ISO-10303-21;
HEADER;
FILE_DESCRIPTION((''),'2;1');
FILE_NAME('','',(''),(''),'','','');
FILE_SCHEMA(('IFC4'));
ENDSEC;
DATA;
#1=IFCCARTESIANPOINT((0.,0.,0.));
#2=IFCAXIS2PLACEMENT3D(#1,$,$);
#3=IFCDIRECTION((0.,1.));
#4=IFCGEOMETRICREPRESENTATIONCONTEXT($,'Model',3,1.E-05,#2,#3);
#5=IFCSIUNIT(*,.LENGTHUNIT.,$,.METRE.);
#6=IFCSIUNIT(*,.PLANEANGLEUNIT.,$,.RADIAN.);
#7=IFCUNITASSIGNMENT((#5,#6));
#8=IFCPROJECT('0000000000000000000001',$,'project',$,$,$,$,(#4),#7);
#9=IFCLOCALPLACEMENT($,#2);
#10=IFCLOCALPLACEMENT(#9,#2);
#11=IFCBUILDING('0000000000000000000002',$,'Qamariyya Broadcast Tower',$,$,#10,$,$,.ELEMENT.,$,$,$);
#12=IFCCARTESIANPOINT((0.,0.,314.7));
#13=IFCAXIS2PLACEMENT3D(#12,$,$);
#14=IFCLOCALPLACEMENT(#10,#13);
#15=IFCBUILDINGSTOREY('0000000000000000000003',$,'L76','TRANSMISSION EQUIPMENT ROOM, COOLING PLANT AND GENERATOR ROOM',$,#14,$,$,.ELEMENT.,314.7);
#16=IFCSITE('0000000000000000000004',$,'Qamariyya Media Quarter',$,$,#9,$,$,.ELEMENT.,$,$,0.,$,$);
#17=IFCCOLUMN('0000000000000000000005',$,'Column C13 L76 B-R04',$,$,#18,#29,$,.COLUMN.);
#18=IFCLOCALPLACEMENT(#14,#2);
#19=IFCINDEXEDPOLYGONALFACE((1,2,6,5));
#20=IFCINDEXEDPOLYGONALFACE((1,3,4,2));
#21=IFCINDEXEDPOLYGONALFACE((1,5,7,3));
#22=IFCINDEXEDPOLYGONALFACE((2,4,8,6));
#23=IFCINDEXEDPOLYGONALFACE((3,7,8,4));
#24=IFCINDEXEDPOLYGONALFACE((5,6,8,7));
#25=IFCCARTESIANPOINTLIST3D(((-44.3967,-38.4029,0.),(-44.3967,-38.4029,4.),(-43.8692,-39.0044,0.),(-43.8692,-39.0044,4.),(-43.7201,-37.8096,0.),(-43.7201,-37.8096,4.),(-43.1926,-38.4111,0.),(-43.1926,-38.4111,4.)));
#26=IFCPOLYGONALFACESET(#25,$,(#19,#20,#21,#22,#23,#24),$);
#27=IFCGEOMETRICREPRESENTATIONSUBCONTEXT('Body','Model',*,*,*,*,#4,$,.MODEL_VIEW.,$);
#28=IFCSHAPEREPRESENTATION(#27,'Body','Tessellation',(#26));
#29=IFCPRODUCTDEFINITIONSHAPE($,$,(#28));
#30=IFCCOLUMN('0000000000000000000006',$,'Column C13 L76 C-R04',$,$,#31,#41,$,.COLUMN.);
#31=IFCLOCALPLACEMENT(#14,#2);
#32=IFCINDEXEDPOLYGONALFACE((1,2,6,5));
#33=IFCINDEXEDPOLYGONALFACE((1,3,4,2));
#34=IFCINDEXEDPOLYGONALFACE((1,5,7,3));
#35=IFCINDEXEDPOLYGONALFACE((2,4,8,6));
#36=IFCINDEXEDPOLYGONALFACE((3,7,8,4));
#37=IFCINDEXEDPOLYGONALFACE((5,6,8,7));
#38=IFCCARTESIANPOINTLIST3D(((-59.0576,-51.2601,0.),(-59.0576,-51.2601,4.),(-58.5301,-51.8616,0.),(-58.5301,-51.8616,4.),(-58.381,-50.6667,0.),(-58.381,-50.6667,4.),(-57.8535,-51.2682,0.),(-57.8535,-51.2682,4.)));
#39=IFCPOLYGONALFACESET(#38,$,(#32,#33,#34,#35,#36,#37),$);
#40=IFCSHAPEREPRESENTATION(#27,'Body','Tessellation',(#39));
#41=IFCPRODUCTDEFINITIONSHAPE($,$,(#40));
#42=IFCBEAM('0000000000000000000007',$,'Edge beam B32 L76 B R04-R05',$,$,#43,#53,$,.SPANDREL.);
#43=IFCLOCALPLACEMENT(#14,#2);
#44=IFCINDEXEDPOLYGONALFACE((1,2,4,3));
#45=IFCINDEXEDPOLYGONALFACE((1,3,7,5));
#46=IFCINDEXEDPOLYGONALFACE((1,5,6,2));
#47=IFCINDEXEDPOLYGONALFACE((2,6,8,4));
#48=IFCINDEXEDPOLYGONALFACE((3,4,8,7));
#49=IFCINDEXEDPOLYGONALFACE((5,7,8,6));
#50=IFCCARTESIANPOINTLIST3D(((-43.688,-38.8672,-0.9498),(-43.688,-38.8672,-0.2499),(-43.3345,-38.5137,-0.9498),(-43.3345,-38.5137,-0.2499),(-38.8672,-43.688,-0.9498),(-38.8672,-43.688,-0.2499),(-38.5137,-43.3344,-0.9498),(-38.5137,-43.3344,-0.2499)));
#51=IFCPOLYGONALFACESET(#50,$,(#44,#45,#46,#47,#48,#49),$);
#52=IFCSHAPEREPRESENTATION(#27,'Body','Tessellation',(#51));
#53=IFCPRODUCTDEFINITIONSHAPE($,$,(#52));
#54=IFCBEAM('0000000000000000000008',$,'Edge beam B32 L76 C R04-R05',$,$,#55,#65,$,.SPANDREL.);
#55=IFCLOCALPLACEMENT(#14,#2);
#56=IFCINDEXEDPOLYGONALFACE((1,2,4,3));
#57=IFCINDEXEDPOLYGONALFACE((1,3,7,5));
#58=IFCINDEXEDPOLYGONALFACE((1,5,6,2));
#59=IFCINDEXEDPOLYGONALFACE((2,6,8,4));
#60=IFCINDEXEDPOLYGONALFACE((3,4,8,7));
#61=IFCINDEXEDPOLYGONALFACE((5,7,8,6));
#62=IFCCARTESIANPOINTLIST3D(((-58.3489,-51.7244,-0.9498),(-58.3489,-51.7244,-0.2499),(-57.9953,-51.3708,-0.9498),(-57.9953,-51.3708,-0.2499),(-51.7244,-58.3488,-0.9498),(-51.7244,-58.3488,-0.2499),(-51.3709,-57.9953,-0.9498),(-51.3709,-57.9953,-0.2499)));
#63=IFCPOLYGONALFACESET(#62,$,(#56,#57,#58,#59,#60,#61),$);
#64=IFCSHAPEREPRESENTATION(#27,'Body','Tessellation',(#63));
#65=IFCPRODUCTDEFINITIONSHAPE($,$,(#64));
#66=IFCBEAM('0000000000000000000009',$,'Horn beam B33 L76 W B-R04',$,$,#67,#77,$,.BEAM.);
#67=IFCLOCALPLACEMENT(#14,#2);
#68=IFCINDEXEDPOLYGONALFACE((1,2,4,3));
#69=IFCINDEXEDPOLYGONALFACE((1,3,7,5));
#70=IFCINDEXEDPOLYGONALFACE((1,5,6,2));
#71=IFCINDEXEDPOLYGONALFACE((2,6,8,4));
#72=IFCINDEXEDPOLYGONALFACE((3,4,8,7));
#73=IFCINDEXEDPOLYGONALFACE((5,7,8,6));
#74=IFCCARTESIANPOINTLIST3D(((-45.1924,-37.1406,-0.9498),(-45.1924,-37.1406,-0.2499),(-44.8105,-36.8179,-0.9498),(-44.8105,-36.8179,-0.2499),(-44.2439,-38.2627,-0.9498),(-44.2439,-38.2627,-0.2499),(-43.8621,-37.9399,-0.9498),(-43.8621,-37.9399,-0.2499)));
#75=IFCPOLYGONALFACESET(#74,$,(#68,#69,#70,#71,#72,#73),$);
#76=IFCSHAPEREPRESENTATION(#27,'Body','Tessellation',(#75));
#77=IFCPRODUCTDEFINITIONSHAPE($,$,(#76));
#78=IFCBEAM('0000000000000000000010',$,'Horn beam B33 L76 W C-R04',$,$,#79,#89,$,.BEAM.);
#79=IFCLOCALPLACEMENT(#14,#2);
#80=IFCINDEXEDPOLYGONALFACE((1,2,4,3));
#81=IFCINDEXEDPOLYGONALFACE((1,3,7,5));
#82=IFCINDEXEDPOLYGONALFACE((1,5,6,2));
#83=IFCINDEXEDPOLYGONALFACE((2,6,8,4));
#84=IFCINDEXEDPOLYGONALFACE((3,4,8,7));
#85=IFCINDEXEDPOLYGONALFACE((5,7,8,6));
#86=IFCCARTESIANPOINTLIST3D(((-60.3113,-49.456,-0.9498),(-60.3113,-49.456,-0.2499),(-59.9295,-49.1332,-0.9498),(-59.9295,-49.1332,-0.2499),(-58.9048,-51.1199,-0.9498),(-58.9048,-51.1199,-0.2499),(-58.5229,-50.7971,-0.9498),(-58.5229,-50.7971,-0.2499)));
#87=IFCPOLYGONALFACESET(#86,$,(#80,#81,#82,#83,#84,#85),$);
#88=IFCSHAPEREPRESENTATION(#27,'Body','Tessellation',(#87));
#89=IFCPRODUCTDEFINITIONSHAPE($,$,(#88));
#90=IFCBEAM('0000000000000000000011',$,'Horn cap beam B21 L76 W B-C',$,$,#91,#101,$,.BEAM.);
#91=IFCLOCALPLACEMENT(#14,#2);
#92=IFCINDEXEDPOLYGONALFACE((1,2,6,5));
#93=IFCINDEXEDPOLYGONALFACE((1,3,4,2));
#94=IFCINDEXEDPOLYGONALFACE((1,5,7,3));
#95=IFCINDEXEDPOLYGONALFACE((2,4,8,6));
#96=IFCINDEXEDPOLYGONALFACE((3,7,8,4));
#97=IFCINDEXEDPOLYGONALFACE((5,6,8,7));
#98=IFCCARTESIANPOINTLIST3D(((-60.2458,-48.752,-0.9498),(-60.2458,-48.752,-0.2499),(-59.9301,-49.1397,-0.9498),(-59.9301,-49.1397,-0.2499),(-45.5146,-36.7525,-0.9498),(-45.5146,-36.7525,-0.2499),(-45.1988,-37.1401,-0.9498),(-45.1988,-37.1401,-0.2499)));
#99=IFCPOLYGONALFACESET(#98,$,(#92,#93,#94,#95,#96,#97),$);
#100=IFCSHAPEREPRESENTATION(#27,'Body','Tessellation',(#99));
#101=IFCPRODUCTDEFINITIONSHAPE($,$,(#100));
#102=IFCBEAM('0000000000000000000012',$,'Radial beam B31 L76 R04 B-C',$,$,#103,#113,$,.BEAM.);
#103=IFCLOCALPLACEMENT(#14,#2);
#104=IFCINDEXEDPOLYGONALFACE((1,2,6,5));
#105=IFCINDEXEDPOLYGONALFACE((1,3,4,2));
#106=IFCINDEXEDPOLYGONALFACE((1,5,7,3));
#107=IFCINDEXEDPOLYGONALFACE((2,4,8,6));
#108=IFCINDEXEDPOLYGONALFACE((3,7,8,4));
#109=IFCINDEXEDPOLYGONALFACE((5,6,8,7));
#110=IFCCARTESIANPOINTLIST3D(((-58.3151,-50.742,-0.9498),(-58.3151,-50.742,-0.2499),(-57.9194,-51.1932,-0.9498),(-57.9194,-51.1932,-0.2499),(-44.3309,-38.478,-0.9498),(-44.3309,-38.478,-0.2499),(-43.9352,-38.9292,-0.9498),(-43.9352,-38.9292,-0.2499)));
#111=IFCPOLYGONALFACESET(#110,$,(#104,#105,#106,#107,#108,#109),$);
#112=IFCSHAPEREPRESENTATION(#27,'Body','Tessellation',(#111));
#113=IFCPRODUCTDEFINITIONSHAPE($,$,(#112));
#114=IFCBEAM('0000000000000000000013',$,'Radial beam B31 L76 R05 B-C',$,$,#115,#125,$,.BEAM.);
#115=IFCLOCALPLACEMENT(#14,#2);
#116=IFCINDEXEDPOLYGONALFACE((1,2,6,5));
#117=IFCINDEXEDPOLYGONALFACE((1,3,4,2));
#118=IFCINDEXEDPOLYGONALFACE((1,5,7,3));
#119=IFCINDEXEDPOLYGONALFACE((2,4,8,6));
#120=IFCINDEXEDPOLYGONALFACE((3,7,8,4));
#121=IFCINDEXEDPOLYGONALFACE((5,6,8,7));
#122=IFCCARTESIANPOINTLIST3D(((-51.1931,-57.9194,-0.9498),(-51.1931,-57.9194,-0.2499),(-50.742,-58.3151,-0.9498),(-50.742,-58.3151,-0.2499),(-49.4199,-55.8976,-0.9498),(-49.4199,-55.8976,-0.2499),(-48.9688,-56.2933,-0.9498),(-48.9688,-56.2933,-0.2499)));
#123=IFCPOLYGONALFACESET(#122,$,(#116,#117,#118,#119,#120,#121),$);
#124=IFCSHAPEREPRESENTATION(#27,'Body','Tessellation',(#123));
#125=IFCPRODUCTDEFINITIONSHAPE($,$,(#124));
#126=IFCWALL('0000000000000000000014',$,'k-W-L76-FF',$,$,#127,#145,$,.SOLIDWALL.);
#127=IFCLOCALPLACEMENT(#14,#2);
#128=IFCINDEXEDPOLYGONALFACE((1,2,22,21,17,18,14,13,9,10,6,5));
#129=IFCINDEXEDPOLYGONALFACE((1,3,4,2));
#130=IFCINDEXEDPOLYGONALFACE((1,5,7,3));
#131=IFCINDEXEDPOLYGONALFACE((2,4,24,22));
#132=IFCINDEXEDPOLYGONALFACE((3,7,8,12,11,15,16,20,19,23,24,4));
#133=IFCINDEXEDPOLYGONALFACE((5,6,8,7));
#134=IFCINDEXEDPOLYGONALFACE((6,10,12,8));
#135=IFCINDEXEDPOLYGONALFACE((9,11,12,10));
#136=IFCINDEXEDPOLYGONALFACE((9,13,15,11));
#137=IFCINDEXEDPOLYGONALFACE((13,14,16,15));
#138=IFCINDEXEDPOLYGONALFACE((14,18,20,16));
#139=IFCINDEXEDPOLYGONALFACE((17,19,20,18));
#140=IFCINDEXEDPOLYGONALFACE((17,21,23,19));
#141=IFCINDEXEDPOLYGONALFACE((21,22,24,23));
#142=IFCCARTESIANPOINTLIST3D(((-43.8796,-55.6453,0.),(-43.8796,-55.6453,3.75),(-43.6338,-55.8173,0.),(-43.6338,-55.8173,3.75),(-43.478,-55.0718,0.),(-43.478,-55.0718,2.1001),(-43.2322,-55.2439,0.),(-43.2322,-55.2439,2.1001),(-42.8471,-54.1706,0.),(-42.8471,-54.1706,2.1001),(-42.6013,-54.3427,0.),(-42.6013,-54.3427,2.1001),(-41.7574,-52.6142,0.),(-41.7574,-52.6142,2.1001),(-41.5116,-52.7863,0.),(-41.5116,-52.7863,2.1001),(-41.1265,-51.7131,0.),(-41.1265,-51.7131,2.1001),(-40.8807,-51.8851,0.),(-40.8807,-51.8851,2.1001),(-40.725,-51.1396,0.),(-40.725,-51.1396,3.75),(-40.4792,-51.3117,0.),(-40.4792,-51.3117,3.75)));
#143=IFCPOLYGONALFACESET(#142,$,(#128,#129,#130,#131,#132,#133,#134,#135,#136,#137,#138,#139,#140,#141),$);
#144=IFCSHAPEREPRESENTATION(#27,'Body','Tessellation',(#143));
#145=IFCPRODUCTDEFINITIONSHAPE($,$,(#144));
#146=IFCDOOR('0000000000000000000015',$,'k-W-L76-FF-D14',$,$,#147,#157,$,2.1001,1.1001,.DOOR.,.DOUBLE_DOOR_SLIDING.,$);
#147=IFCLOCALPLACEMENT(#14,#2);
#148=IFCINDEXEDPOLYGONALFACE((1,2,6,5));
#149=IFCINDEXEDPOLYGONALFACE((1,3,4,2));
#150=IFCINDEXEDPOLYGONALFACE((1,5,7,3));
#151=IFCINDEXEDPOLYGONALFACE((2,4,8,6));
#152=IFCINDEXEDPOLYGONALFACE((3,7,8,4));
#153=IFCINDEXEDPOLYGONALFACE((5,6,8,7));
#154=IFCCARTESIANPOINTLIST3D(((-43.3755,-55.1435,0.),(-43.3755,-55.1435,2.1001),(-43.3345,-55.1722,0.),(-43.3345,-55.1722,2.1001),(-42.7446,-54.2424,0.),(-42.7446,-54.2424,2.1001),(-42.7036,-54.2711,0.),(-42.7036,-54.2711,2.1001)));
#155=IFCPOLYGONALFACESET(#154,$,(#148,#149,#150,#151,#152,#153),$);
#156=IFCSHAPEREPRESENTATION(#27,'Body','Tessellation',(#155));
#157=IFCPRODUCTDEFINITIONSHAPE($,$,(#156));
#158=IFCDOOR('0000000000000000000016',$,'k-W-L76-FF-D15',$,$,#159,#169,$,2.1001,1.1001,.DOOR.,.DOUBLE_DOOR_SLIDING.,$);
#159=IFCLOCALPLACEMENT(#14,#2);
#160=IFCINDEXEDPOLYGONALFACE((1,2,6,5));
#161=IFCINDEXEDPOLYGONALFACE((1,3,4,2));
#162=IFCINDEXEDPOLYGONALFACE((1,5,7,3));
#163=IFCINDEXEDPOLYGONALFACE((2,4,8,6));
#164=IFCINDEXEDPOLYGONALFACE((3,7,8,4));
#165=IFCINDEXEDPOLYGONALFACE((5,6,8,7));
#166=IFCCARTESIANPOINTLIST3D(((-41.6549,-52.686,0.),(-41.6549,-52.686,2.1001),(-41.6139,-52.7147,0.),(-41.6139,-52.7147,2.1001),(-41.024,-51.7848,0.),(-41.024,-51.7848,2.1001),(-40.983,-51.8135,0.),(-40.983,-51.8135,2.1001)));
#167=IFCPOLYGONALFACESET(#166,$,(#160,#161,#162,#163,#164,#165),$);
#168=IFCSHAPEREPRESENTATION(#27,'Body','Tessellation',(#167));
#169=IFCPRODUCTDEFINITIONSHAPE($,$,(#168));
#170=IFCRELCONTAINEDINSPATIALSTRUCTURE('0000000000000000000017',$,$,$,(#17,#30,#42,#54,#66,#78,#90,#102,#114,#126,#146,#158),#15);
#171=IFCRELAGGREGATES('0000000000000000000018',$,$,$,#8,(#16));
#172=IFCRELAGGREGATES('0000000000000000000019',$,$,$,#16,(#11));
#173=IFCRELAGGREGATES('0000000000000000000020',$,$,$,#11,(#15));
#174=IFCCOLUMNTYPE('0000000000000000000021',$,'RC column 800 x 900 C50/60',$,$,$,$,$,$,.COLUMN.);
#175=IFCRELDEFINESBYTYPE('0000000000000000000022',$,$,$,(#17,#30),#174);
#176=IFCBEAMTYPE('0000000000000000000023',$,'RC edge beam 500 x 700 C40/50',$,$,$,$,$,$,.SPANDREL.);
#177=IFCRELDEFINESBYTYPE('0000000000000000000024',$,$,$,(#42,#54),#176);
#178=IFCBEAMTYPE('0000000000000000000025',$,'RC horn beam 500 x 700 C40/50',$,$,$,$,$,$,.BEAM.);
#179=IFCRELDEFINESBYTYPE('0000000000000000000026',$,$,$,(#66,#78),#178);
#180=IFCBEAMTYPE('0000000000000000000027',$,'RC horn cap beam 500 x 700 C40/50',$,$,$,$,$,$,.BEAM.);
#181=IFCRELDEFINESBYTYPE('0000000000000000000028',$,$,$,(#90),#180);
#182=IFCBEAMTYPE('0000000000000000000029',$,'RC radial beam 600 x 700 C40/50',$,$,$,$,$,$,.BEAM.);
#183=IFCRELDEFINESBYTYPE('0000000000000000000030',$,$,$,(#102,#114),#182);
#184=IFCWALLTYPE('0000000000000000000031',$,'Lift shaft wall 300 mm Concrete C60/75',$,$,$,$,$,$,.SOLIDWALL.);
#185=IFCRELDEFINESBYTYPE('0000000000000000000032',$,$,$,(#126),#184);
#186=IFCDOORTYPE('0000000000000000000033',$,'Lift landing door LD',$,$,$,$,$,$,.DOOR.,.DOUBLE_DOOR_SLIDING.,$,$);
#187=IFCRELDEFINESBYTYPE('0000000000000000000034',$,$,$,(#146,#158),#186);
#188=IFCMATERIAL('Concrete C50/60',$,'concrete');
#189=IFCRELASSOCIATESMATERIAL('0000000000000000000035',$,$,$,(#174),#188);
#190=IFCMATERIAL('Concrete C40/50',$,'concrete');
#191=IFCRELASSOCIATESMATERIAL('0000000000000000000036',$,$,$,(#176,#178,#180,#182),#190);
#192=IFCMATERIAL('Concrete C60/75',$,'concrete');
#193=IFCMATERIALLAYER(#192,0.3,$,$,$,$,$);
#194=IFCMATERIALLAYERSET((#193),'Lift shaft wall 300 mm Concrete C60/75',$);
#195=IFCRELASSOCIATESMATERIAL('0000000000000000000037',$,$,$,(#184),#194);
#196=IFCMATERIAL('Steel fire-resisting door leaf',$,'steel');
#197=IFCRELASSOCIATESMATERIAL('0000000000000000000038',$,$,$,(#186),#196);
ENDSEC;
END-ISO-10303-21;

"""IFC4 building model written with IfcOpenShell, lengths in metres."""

from ifc_helpers import new_model, si_unit, direction, frame, frame_2d, origin, origin_2d, place, context, subcontext, project, spatial, rectangle, extrude, material, layer, layer_set, material_profile, profile_set, type_object, element, fill, save


model = new_model("IFC4")

# Units and contexts
model_context = context("Model", 3, precision=1e-05, world=origin(), true_north=direction((0.0, 1.0)))
body_context = subcontext(model_context, "Body", "Model", "MODEL_VIEW")
ifc_project = project(units=[si_unit("LENGTHUNIT", "METRE"), si_unit("PLANEANGLEUNIT", "RADIAN")], contexts=[model_context])

# Site, building, storey
site_placement = place(None, origin())
site = spatial("IfcSite", under=ifc_project, at=site_placement, Name="Qamariyya Media Quarter", CompositionType="ELEMENT", RefElevation=0.0)
building_placement = place(site_placement, origin())
building = spatial("IfcBuilding", under=site, at=building_placement, Name="Qamariyya Broadcast Tower", CompositionType="ELEMENT")
storey_placement = place(building_placement, frame((0.0, 0.0, 314.7)))
storey = spatial("IfcBuildingStorey", under=building, at=storey_placement, Name="L76", Description="TRANSMISSION EQUIPMENT ROOM, COOLING PLANT AND GENERATOR ROOM", CompositionType="ELEMENT", Elevation=314.7)

# Columns
ifc_material_1 = material(Name="Concrete C50/60", Category="concrete")
ifc_material_profile_1 = material_profile(ifc_material_1, rectangle(XDim=0.8, YDim=0.8999, at=origin_2d()))
ifc_profile_set_1 = profile_set([ifc_material_profile_1], Name="Concrete C50/60")
column_type = type_object("IfcColumnType", Name="RC column 800 x 900 C50/60", PredefinedType="COLUMN", material=ifc_profile_set_1)
for number, where, z_axis, x_axis, name in (
    (1, (-43.7947, -38.407, 0.0), (0.0, 0.0, 1.0), (0.659346, -0.75184, 0.0), "Column C13 L76 B-R04"),
    (2, (-58.4556, -51.2642, 0.0), (0.0, 0.0, 1.0), (0.659346, -0.75184, 0.0), "Column C13 L76 C-R04"),
):
    element("IfcColumn", number, at=place(storey_placement, frame(where, z_axis=z_axis, x_axis=x_axis)), inside=storey, type_object=column_type, Name=name, PredefinedType="COLUMN", context=body_context, shape_type="SweptSolid", body=[
        extrude(rectangle(XDim=0.8, YDim=0.8999, at=origin_2d()), origin(), (0.0, 0.0, 1.0), 4.0),
    ])

# Beams
ifc_material_2 = material(Name="Concrete C40/50", Category="concrete")
ifc_material_profile_2 = material_profile(ifc_material_2, rectangle(XDim=0.5, YDim=0.7, at=origin_2d()))
ifc_profile_set_2 = profile_set([ifc_material_profile_2], Name="Concrete C40/50")
beam_type_1 = type_object("IfcBeamType", Name="RC edge beam 500 x 700 C40/50", PredefinedType="SPANDREL", material=ifc_profile_set_2)
beam_1_placement = place(storey_placement, frame((-43.5112, -38.6904, -0.5999), z_axis=(0.707107, -0.707107, 0.0), x_axis=(0.707107, 0.707107, 0.0)))
element("IfcBeam", 3, at=beam_1_placement, inside=storey, type_object=beam_type_1, Name="Edge beam B32 L76 B R04-R05", PredefinedType="SPANDREL", context=body_context, shape_type="SweptSolid", body=[
    extrude(rectangle(XDim=0.5, YDim=0.7, at=origin_2d()), origin(), (0.0, 0.0, 1.0), 6.8176),
])
beam_2_placement = place(storey_placement, frame((-58.1721, -51.5476, -0.5999), z_axis=(0.707107, -0.707107, 0.0), x_axis=(0.707107, 0.707107, 0.0)))
element("IfcBeam", 4, at=beam_2_placement, inside=storey, type_object=beam_type_1, Name="Edge beam B32 L76 C R04-R05", PredefinedType="SPANDREL", context=body_context, shape_type="SweptSolid", body=[
    extrude(rectangle(XDim=0.5, YDim=0.7, at=origin_2d()), origin(), (0.0, 0.0, 1.0), 9.3684),
])
ifc_material_profile_3 = material_profile(ifc_material_2, rectangle(XDim=0.5, YDim=0.7, at=origin_2d()))
ifc_profile_set_3 = profile_set([ifc_material_profile_3], Name="Concrete C40/50")
beam_type_2 = type_object("IfcBeamType", Name="RC horn beam 500 x 700 C40/50", PredefinedType="BEAM", material=ifc_profile_set_3)
beam_3_placement = place(storey_placement, frame((-44.053, -38.1013, -0.5999), z_axis=(-0.645562, 0.763708, 0.0), x_axis=(-0.763708, -0.645562, 0.0)))
element("IfcBeam", 5, at=beam_3_placement, inside=storey, type_object=beam_type_2, Name="Horn beam B33 L76 W B-R04", PredefinedType="BEAM", context=body_context, shape_type="SweptSolid", body=[
    extrude(rectangle(XDim=0.5, YDim=0.7, at=origin_2d()), origin(), (0.0, 0.0, 1.0), 1.4692),
])
beam_4_placement = place(storey_placement, frame((-58.7139, -50.9585, -0.5999), z_axis=(-0.64558, 0.763692, 0.0), x_axis=(-0.763692, -0.64558, 0.0)))
element("IfcBeam", 6, at=beam_4_placement, inside=storey, type_object=beam_type_2, Name="Horn beam B33 L76 W C-R04", PredefinedType="BEAM", context=body_context, shape_type="SweptSolid", body=[
    extrude(rectangle(XDim=0.5, YDim=0.7, at=origin_2d()), origin(), (0.0, 0.0, 1.0), 2.1787),
])
ifc_material_profile_4 = material_profile(ifc_material_2, rectangle(XDim=0.5, YDim=0.7, at=origin_2d()))
ifc_profile_set_4 = profile_set([ifc_material_profile_4], Name="Concrete C40/50")
beam_type_3 = type_object("IfcBeamType", Name="RC horn cap beam 500 x 700 C40/50", PredefinedType="BEAM", material=ifc_profile_set_4)
beam_5_placement = place(storey_placement, frame((-45.3567, -36.9463, -0.5999), z_axis=(-0.77533, -0.631556, 0.0), x_axis=(0.631556, -0.77533, 0.0)))
element("IfcBeam", 7, at=beam_5_placement, inside=storey, type_object=beam_type_3, Name="Horn cap beam B21 L76 W B-C", PredefinedType="BEAM", context=body_context, shape_type="SweptSolid", body=[
    extrude(rectangle(XDim=0.5, YDim=0.7, at=origin_2d()), origin(), (0.0, 0.0, 1.0), 19.0),
])
ifc_material_profile_5 = material_profile(ifc_material_2, rectangle(XDim=0.6001, YDim=0.7, at=origin_2d()))
ifc_profile_set_5 = profile_set([ifc_material_profile_5], Name="Concrete C40/50")
beam_type_4 = type_object("IfcBeamType", Name="RC radial beam 600 x 700 C40/50", PredefinedType="BEAM", material=ifc_profile_set_5)
beam_6_placement = place(storey_placement, frame((-44.1331, -38.7036, -0.5999), z_axis=(-0.751835, -0.659351, 0.0), x_axis=(0.659351, -0.751835, 0.0)))
element("IfcBeam", 8, at=beam_6_placement, inside=storey, type_object=beam_type_4, Name="Radial beam B31 L76 R04 B-C", PredefinedType="BEAM", context=body_context, shape_type="SweptSolid", body=[
    extrude(rectangle(XDim=0.6001, YDim=0.7, at=origin_2d()), origin(), (0.0, 0.0, 1.0), 18.6001),
])
beam_7_placement = place(storey_placement, frame((-49.1943, -56.0955, -0.5999), z_axis=(-0.659385, -0.751806, 0.0), x_axis=(0.751806, -0.659385, 0.0)))
element("IfcBeam", 9, at=beam_7_placement, inside=storey, type_object=beam_type_4, Name="Radial beam B31 L76 R05 B-C", PredefinedType="BEAM", context=body_context, shape_type="SweptSolid", body=[
    extrude(rectangle(XDim=0.6001, YDim=0.7, at=origin_2d()), origin(), (0.0, 0.0, 1.0), 2.6892),
])

# Wall, openings, doors
ifc_material_3 = material(Name="Concrete C60/75", Category="concrete")
ifc_layer_1 = layer(ifc_material_3, 0.3)
ifc_layer_set_1 = layer_set([ifc_layer_1], Name="Lift shaft wall 300 mm Concrete C60/75")
wall_type_1 = type_object("IfcWallType", Name="Lift shaft wall 300 mm Concrete C60/75", PredefinedType="SOLIDWALL", material=ifc_layer_set_1)
wall_1_placement = place(storey_placement, frame((-43.7566, -55.7312, 0.0), z_axis=(0.0, 0.0, 1.0), x_axis=(0.573537, 0.81918, 0.0)))
wall_1 = element("IfcWall", 10, at=wall_1_placement, inside=storey, type_object=wall_type_1, Name="k-W-L76-FF", PredefinedType="SOLIDWALL", context=body_context, shape_type="SweptSolid", body=[
    extrude(rectangle(XDim=5.5002, YDim=0.3, at=frame_2d((2.75, 0.0))), origin(), (0.0, 0.0, 1.0), 3.75),
])
opening_1_placement = place(wall_1_placement, frame((0.7, 0.0, 0.0)))
opening_1 = element("IfcOpeningElement", 11, at=opening_1_placement, cuts=wall_1, PredefinedType="OPENING", context=body_context, shape_type="SweptSolid", body=[
    extrude(rectangle(XDim=1.1001, YDim=2.1001, at=frame_2d((0.55, 1.05))), frame((0.0, 0.1599, 0.0), z_axis=(0.0, -1.0, 0.0), x_axis=(1.0, 0.0, 0.0)), (0.0, 0.0, 1.0), 0.3201),
])
opening_2_placement = place(wall_1_placement, frame((3.7, 0.0, 0.0)))
opening_2 = element("IfcOpeningElement", 12, at=opening_2_placement, cuts=wall_1, PredefinedType="OPENING", context=body_context, shape_type="SweptSolid", body=[
    extrude(rectangle(XDim=1.1001, YDim=2.1001, at=frame_2d((0.55, 1.05))), frame((0.0, 0.1599, 0.0), z_axis=(0.0, -1.0, 0.0), x_axis=(1.0, 0.0, 0.0)), (0.0, 0.0, 1.0), 0.3201),
])
ifc_material_4 = material(Name="Steel fire-resisting door leaf", Category="steel")
door_type_1 = type_object("IfcDoorType", Name="Lift landing door LD", OperationType="DOUBLE_DOOR_SLIDING", PredefinedType="DOOR", material=ifc_material_4)
door_1_placement = place(opening_1_placement, origin())
door_1 = element("IfcDoor", 13, at=door_1_placement, inside=storey, type_object=door_type_1, Name="k-W-L76-FF-D14", OperationType="DOUBLE_DOOR_SLIDING", OverallHeight=2.1001, OverallWidth=1.1001, PredefinedType="DOOR", context=body_context, shape_type="SweptSolid", body=[
    extrude(rectangle(XDim=1.1001, YDim=2.1001, at=frame_2d((0.55, 1.05))), frame((0.0, 0.0249, 0.0), z_axis=(0.0, -1.0, 0.0), x_axis=(1.0, 0.0, 0.0)), (0.0, 0.0, 1.0), 0.05),
])
fill(opening_1, door_1)
door_2_placement = place(opening_2_placement, origin())
door_2 = element("IfcDoor", 14, at=door_2_placement, inside=storey, type_object=door_type_1, Name="k-W-L76-FF-D15", OperationType="DOUBLE_DOOR_SLIDING", OverallHeight=2.1001, OverallWidth=1.1001, PredefinedType="DOOR", context=body_context, shape_type="SweptSolid", body=[
    extrude(rectangle(XDim=1.1001, YDim=2.1001, at=frame_2d((0.55, 1.05))), frame((0.0, 0.0249, 0.0), z_axis=(0.0, -1.0, 0.0), x_axis=(1.0, 0.0, 0.0)), (0.0, 0.0, 1.0), 0.05),
])
fill(opening_2, door_2)

save(model, "model.ifc")
